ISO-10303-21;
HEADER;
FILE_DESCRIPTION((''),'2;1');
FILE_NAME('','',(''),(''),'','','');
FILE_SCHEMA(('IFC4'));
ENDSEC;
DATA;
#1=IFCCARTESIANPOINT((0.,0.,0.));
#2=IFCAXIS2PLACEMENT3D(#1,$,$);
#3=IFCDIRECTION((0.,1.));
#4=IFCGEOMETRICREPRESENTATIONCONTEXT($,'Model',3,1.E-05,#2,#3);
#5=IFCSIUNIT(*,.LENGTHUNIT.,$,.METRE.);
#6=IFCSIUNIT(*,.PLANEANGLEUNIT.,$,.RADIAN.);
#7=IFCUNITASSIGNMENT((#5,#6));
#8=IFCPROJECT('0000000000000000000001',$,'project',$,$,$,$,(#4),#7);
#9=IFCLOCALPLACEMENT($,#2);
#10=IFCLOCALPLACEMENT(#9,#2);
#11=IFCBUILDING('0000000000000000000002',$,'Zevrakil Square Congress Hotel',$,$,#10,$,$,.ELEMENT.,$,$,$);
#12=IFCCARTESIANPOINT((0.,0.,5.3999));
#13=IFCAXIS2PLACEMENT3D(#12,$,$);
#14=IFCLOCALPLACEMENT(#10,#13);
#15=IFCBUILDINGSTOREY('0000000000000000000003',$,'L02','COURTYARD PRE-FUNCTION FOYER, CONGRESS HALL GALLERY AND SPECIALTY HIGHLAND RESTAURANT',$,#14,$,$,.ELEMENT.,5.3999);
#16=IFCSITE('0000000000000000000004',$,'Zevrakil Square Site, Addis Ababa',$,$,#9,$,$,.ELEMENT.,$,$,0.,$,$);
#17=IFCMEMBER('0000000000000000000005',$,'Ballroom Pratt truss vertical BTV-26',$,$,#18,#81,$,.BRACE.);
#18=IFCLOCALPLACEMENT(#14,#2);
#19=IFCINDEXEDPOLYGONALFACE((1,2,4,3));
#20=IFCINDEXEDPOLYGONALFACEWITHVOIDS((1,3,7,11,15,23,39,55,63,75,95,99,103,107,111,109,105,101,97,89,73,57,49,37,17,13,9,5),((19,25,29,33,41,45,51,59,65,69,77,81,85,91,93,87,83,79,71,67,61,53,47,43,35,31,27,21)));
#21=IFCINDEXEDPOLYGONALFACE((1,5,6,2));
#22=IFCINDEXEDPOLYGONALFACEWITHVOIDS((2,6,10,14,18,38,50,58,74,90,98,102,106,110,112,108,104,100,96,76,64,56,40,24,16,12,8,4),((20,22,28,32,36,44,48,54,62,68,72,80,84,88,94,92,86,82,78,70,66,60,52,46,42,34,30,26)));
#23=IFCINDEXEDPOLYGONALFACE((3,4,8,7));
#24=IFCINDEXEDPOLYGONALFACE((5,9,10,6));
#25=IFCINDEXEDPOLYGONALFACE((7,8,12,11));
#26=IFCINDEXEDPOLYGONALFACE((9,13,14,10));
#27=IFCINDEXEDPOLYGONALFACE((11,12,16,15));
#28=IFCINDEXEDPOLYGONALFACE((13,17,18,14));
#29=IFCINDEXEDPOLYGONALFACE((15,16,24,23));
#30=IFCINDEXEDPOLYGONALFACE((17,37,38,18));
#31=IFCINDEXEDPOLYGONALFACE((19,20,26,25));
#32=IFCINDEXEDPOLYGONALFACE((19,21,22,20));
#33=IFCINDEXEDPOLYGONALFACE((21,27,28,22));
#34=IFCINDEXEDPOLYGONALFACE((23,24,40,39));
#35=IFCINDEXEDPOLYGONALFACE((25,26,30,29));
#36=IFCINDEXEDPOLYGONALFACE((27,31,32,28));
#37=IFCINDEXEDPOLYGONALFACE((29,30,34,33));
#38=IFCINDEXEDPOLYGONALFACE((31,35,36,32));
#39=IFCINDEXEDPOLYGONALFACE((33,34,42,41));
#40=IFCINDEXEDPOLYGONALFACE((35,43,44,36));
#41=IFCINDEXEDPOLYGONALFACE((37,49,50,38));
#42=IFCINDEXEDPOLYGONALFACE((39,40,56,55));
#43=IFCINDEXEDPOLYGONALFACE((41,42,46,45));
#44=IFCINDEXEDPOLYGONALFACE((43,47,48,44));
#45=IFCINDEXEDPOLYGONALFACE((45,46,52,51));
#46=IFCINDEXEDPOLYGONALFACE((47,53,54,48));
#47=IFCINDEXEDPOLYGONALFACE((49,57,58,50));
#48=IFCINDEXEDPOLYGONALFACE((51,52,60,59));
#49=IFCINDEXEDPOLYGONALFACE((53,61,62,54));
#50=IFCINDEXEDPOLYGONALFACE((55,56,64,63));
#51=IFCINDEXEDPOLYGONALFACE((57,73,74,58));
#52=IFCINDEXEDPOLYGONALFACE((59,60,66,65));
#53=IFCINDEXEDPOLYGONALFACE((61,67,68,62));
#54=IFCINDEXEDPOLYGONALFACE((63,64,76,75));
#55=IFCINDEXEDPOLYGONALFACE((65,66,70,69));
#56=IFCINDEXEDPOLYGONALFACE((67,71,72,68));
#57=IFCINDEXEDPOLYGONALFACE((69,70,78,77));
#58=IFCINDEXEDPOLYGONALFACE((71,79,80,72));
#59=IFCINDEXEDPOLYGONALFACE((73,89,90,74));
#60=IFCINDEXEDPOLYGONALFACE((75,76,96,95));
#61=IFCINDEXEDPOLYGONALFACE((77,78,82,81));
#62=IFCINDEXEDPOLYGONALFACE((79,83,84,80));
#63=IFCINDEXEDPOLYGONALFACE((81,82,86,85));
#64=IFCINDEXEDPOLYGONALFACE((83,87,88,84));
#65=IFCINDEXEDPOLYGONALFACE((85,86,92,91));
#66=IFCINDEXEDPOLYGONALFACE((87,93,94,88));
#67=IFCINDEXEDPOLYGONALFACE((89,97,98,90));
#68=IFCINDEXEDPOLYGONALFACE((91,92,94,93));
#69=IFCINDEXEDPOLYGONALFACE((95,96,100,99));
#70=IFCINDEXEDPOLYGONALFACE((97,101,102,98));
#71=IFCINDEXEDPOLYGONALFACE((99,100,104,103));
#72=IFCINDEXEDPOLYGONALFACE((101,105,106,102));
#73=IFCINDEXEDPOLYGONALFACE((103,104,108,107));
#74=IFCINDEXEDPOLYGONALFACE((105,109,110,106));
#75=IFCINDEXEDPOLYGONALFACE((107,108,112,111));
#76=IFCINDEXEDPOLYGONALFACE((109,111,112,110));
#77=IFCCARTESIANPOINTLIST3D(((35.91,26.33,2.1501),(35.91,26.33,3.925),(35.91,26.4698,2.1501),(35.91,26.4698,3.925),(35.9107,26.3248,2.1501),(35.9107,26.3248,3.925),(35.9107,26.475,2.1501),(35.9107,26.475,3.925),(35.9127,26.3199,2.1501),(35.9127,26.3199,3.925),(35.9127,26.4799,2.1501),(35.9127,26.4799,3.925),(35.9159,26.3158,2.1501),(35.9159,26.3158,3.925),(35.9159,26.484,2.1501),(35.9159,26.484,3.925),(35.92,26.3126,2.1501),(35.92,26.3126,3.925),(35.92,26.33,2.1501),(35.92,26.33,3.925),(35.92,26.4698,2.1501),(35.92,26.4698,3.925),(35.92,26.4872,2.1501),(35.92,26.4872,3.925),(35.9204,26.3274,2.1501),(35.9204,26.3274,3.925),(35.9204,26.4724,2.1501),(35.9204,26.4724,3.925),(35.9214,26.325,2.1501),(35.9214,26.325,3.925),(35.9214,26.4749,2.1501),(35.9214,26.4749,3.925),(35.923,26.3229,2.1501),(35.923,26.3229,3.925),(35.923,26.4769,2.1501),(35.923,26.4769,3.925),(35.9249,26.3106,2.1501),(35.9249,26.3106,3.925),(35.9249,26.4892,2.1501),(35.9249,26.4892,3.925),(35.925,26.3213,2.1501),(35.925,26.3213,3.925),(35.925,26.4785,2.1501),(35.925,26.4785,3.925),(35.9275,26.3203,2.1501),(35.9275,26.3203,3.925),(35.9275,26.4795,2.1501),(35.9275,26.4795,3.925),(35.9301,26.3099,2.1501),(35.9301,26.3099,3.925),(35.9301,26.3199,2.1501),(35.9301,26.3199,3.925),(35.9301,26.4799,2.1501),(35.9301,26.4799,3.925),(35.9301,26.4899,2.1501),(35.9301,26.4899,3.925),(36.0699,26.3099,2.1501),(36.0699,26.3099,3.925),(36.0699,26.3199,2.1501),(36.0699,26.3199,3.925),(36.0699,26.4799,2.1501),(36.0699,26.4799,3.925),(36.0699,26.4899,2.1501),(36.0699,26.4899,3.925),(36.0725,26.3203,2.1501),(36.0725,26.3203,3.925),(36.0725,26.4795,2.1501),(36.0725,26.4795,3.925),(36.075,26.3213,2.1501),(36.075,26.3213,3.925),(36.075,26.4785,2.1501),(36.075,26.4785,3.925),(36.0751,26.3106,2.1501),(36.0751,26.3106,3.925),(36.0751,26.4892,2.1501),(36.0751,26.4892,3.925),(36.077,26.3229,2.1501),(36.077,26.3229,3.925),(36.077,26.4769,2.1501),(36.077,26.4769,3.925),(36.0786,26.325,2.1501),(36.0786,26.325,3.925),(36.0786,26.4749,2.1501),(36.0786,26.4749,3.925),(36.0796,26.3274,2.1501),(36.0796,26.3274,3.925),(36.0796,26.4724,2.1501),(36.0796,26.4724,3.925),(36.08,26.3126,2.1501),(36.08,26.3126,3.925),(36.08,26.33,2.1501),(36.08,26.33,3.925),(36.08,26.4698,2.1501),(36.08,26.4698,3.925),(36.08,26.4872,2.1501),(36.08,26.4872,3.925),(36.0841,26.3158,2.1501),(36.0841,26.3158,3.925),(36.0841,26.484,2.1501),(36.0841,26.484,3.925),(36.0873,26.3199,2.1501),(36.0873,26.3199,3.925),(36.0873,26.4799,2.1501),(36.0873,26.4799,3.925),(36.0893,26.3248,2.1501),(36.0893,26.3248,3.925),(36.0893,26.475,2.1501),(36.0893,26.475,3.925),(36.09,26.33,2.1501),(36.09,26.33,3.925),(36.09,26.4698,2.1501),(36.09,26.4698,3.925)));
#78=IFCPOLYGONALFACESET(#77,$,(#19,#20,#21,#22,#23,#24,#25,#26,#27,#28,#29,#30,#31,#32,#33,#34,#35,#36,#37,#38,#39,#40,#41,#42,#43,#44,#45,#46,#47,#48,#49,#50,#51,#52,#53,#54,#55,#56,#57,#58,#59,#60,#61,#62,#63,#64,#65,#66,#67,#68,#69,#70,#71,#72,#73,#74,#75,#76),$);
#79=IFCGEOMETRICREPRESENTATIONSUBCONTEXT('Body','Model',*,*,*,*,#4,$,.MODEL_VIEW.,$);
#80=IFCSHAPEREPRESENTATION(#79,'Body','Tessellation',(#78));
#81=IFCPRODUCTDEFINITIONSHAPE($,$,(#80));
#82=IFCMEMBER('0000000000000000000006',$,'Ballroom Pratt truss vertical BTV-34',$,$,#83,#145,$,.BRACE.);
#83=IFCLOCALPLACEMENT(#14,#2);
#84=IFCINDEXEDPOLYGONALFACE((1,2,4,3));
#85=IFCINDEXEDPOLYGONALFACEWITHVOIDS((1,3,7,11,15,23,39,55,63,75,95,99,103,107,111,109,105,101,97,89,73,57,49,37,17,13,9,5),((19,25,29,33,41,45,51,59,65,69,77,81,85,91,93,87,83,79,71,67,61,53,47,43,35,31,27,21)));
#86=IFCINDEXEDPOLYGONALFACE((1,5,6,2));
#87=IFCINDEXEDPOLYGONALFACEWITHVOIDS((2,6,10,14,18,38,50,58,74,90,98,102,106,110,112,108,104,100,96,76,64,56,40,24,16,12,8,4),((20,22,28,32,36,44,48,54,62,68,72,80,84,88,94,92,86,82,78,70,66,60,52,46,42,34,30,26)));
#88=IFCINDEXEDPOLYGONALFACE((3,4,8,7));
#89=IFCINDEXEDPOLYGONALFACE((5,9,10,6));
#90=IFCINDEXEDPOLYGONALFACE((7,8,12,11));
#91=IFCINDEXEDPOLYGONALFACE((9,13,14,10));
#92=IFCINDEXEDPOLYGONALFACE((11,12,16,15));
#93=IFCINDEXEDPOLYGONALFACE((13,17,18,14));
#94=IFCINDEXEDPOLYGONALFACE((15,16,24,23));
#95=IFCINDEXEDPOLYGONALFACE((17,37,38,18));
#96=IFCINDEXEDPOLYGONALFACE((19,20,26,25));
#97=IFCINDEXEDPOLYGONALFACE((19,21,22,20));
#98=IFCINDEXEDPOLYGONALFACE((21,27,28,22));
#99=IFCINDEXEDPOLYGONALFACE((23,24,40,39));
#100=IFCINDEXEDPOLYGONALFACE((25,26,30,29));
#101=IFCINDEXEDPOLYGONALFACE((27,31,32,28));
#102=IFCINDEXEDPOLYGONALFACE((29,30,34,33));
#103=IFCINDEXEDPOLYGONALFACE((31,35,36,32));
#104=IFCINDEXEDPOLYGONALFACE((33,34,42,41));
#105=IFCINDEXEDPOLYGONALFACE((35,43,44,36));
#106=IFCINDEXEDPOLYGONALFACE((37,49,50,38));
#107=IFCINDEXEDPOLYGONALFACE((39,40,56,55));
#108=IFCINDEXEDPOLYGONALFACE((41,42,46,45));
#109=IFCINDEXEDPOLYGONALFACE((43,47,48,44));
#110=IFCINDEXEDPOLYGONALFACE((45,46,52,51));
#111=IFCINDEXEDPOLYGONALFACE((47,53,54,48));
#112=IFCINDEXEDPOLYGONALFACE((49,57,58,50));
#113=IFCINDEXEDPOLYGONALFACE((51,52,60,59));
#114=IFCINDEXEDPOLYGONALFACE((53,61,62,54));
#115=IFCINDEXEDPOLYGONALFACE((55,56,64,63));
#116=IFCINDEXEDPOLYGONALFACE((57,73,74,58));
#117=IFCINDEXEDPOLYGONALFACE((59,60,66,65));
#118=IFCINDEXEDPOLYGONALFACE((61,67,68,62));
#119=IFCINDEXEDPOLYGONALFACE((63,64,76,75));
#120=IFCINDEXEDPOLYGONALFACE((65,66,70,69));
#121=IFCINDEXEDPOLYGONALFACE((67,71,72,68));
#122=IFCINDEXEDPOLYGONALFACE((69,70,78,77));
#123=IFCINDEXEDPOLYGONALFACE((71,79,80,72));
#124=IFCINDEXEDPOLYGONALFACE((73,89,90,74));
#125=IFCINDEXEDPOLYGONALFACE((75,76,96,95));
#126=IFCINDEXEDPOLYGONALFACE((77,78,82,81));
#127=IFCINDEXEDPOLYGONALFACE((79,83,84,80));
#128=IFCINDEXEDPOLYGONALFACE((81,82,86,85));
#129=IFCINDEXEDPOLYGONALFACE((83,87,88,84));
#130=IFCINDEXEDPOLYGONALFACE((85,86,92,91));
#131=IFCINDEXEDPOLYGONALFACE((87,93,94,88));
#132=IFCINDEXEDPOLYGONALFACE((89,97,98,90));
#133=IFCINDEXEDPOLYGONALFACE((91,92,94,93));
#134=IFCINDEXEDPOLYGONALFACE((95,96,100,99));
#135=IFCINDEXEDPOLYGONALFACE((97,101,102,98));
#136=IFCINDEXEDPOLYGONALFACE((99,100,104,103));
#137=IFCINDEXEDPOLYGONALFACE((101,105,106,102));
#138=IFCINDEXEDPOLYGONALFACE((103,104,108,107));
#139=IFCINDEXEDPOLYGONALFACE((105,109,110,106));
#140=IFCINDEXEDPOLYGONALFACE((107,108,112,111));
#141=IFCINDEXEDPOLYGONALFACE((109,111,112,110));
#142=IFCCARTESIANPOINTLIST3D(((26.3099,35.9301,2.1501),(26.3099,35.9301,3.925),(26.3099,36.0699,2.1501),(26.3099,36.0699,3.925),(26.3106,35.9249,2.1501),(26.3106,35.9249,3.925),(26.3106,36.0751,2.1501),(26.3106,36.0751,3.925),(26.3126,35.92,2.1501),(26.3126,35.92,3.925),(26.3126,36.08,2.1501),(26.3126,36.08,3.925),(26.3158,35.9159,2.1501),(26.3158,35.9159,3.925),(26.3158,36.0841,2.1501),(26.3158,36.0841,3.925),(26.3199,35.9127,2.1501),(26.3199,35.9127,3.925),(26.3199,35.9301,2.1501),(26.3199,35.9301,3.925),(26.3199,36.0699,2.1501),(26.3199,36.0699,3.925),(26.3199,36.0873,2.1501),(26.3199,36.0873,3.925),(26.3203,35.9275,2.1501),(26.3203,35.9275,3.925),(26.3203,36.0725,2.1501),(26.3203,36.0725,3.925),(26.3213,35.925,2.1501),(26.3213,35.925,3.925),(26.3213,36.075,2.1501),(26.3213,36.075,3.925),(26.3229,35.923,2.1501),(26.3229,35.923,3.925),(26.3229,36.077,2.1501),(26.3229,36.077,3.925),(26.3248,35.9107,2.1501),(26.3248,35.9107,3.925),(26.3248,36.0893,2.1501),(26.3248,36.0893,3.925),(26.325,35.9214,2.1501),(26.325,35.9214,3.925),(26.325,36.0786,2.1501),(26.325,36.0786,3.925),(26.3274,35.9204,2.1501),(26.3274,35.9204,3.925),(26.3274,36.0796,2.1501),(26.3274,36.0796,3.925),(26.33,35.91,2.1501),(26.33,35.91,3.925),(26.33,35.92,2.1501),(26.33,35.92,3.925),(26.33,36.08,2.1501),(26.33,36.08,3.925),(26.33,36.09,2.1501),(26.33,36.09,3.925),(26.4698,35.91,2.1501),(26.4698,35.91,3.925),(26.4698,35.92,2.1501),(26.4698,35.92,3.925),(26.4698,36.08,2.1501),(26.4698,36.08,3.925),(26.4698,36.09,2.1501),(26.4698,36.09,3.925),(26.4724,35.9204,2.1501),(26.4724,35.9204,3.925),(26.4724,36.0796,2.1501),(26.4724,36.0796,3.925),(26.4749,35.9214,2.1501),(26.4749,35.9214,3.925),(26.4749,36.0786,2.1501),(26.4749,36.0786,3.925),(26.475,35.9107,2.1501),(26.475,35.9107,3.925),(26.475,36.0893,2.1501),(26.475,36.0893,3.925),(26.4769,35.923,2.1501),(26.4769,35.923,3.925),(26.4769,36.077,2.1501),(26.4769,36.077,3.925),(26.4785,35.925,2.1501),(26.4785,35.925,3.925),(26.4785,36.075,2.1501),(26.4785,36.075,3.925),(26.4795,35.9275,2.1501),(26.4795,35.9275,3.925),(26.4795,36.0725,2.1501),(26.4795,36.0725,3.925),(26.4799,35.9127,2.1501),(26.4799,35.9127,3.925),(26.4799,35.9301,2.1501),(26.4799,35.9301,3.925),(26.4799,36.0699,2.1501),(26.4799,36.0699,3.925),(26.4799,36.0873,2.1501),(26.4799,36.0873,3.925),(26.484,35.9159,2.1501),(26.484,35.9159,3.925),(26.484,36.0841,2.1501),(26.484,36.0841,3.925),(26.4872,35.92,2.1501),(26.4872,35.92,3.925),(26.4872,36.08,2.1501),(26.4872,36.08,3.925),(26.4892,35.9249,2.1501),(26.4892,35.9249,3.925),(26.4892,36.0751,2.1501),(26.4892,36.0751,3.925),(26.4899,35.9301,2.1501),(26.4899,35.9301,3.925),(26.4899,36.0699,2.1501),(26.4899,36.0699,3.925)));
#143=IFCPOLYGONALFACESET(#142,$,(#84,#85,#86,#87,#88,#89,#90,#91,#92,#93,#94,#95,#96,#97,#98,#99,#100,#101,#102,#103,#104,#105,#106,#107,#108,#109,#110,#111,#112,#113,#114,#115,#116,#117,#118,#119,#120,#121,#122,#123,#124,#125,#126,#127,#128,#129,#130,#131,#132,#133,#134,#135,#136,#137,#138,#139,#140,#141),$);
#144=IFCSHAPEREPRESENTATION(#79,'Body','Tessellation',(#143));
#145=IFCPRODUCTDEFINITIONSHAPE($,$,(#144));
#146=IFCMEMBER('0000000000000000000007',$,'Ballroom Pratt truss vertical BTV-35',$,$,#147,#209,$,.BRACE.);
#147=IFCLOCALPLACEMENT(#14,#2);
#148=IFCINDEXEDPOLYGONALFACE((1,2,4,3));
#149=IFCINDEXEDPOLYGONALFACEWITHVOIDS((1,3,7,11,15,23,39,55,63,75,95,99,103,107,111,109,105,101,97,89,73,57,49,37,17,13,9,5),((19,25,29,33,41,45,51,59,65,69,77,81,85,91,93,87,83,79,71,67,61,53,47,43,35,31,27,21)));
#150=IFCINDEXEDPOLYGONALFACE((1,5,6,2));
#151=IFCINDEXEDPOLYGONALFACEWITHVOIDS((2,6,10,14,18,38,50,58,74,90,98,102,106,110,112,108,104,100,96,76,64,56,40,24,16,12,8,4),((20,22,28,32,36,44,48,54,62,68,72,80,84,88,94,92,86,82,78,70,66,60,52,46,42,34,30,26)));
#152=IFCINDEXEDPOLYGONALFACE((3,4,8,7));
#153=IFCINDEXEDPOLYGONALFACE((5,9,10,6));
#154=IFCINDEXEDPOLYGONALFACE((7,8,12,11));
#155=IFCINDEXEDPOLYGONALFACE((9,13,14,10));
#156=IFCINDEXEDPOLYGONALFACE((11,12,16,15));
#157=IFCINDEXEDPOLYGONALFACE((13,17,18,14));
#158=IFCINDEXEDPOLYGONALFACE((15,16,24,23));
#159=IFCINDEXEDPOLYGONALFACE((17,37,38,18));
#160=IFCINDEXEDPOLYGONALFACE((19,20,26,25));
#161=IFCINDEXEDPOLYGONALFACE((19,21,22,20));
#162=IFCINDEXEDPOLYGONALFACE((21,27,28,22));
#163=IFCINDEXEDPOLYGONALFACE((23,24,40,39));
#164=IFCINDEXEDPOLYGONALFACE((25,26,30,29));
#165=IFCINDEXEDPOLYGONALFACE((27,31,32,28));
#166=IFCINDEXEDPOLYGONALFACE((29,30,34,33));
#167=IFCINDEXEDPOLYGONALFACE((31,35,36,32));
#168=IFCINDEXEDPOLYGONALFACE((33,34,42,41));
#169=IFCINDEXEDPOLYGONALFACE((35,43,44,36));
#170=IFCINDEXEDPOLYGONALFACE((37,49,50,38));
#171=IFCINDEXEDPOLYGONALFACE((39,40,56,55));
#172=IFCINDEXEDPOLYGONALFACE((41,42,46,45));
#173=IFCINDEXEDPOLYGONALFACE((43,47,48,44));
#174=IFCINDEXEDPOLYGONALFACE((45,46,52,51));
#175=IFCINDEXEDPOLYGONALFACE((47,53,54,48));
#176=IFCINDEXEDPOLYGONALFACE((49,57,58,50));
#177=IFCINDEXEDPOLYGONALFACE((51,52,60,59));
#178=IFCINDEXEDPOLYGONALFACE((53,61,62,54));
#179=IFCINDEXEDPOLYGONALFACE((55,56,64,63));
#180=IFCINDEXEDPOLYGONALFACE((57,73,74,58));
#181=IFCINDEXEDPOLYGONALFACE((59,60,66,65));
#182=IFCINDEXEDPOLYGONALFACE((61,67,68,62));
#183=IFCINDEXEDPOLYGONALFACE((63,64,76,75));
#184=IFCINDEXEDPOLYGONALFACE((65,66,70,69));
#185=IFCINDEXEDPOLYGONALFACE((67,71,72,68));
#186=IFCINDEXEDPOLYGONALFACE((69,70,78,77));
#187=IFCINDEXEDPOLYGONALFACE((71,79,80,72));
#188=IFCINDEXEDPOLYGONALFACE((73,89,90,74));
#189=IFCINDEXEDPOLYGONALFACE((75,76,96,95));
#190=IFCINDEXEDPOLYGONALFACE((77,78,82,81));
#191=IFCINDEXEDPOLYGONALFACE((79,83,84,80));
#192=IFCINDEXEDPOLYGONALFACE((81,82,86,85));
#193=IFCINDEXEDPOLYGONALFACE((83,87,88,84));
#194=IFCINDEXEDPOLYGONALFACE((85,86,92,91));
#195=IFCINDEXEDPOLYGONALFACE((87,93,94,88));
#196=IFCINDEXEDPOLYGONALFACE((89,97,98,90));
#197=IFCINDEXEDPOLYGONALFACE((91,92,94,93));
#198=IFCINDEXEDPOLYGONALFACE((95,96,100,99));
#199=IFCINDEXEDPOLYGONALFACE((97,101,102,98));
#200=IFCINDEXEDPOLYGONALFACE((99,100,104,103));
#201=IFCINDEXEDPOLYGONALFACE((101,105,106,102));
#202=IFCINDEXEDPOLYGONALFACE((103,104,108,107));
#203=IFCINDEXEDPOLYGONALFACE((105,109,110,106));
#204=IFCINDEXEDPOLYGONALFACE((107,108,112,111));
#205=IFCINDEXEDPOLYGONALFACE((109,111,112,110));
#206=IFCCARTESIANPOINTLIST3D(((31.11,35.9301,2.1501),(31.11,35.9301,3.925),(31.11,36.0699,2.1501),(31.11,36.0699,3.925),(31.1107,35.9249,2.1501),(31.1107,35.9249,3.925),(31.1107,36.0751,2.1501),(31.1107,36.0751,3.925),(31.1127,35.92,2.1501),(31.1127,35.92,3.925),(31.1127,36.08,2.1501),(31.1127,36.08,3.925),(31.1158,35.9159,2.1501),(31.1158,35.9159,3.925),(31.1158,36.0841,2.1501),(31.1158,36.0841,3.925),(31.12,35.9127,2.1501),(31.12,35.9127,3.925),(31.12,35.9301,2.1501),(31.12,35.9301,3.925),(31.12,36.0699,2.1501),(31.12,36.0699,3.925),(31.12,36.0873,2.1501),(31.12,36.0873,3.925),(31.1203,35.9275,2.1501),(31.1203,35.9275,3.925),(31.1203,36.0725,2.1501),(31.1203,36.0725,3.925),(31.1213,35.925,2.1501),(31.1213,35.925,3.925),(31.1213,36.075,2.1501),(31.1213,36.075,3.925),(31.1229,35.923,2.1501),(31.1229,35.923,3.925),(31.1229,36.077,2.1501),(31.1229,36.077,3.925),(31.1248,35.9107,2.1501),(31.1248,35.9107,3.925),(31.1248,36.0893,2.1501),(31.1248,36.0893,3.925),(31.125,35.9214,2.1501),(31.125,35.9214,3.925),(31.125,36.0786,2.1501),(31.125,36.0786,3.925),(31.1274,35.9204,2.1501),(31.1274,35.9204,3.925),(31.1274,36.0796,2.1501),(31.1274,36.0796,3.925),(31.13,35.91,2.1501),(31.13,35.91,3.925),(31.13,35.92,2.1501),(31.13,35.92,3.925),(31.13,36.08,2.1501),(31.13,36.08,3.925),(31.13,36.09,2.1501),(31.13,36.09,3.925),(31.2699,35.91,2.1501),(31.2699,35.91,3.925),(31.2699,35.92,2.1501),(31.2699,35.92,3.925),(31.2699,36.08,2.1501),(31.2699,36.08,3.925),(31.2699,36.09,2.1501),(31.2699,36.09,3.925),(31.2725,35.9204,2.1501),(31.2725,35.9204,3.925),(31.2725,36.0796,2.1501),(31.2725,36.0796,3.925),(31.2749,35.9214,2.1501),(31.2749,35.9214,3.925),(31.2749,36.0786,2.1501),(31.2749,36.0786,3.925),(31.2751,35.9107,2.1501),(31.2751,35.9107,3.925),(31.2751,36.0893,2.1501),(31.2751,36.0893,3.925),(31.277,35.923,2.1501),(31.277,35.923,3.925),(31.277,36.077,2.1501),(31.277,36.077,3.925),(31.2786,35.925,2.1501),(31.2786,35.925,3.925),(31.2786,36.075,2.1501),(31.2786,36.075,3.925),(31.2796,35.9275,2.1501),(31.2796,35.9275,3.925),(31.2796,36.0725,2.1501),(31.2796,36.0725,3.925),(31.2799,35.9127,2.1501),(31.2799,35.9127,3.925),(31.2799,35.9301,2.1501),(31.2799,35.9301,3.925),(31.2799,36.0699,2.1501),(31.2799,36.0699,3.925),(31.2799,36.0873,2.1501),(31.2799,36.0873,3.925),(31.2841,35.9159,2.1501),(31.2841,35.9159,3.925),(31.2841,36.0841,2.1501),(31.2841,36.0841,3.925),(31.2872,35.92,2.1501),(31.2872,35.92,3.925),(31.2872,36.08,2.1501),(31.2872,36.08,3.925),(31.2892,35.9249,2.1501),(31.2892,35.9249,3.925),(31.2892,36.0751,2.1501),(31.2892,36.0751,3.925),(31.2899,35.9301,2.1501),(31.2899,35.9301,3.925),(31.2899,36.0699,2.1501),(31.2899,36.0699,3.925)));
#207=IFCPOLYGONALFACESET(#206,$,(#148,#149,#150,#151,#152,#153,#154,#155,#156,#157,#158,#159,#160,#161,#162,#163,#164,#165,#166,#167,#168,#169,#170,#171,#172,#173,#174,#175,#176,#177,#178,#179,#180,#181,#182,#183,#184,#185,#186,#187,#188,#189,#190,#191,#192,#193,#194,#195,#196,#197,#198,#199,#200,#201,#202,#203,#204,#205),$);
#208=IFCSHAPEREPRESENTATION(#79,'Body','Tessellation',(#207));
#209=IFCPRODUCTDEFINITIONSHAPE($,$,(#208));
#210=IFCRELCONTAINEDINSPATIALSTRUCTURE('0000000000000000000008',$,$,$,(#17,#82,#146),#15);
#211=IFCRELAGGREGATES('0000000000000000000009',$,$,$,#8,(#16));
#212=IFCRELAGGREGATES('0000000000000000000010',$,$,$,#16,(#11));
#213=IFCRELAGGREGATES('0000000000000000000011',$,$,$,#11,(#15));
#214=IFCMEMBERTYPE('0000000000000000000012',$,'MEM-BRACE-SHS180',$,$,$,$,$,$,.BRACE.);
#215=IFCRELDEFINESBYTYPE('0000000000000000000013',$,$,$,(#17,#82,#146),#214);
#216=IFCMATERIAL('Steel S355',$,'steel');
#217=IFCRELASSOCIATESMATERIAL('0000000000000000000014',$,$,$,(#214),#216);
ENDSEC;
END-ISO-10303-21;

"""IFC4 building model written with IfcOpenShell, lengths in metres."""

from ifc_helpers import new_model, si_unit, direction, frame, origin, origin_2d, place, context, subcontext, project, spatial, hollow_rectangle, extrude, material, material_profile, profile_set, type_object, element, save


model = new_model("IFC4")

# Units and contexts
model_context = context("Model", 3, precision=1e-05, world=origin(), true_north=direction((0.0, 1.0)))
body_context = subcontext(model_context, "Body", "Model", "MODEL_VIEW")
ifc_project = project(units=[si_unit("LENGTHUNIT", "METRE"), si_unit("PLANEANGLEUNIT", "RADIAN")], contexts=[model_context])

# Site, building, storey
site_placement = place(None, origin())
site = spatial("IfcSite", under=ifc_project, at=site_placement, Name="Zevrakil Square Site, Addis Ababa", CompositionType="ELEMENT", RefElevation=0.0)
building_placement = place(site_placement, origin())
building = spatial("IfcBuilding", under=site, at=building_placement, Name="Zevrakil Square Congress Hotel", CompositionType="ELEMENT")
storey_placement = place(building_placement, frame((0.0, 0.0, 5.3999)))
storey = spatial("IfcBuildingStorey", under=building, at=storey_placement, Name="L02", Description="COURTYARD PRE-FUNCTION FOYER, CONGRESS HALL GALLERY AND SPECIALTY HIGHLAND RESTAURANT", CompositionType="ELEMENT", Elevation=5.3999)

# Members
ifc_material_1 = material(Name="Steel S355", Category="steel")
ifc_material_profile_1 = material_profile(ifc_material_1, hollow_rectangle(XDim=0.1799, YDim=0.1799, WallThickness=0.01, InnerFilletRadius=0.01, OuterFilletRadius=0.02, at=origin_2d()), Name="SHS 180x180x10")
ifc_profile_set_1 = profile_set([ifc_material_profile_1], Name="Steel S355")
member_type_1 = type_object("IfcMemberType", Name="MEM-BRACE-SHS180", PredefinedType="BRACE", material=ifc_profile_set_1)
for number, where, z_axis, x_axis, name in (
    (1, (36.0, 26.3999, 2.1501), (0.0, 0.0, 1.0), (1.0, 0.0, 0.0), "Ballroom Pratt truss vertical BTV-26"),
    (2, (26.3999, 36.0, 2.1501), (0.0, 0.0, 1.0), (1.0, 0.0, 0.0), "Ballroom Pratt truss vertical BTV-34"),
    (3, (31.2, 36.0, 2.1501), (0.0, 0.0, 1.0), (1.0, 0.0, 0.0), "Ballroom Pratt truss vertical BTV-35"),
):
    element("IfcMember", number, at=place(storey_placement, frame(where, z_axis=z_axis, x_axis=x_axis)), inside=storey, type_object=member_type_1, Name=name, PredefinedType="BRACE", context=body_context, shape_type="SweptSolid", body=[
        extrude(hollow_rectangle(XDim=0.1799, YDim=0.1799, WallThickness=0.01, InnerFilletRadius=0.01, OuterFilletRadius=0.02, at=origin_2d()), origin(), (0.0, 0.0, 1.0), 1.7749),
    ])

save(model, "model.ifc")
